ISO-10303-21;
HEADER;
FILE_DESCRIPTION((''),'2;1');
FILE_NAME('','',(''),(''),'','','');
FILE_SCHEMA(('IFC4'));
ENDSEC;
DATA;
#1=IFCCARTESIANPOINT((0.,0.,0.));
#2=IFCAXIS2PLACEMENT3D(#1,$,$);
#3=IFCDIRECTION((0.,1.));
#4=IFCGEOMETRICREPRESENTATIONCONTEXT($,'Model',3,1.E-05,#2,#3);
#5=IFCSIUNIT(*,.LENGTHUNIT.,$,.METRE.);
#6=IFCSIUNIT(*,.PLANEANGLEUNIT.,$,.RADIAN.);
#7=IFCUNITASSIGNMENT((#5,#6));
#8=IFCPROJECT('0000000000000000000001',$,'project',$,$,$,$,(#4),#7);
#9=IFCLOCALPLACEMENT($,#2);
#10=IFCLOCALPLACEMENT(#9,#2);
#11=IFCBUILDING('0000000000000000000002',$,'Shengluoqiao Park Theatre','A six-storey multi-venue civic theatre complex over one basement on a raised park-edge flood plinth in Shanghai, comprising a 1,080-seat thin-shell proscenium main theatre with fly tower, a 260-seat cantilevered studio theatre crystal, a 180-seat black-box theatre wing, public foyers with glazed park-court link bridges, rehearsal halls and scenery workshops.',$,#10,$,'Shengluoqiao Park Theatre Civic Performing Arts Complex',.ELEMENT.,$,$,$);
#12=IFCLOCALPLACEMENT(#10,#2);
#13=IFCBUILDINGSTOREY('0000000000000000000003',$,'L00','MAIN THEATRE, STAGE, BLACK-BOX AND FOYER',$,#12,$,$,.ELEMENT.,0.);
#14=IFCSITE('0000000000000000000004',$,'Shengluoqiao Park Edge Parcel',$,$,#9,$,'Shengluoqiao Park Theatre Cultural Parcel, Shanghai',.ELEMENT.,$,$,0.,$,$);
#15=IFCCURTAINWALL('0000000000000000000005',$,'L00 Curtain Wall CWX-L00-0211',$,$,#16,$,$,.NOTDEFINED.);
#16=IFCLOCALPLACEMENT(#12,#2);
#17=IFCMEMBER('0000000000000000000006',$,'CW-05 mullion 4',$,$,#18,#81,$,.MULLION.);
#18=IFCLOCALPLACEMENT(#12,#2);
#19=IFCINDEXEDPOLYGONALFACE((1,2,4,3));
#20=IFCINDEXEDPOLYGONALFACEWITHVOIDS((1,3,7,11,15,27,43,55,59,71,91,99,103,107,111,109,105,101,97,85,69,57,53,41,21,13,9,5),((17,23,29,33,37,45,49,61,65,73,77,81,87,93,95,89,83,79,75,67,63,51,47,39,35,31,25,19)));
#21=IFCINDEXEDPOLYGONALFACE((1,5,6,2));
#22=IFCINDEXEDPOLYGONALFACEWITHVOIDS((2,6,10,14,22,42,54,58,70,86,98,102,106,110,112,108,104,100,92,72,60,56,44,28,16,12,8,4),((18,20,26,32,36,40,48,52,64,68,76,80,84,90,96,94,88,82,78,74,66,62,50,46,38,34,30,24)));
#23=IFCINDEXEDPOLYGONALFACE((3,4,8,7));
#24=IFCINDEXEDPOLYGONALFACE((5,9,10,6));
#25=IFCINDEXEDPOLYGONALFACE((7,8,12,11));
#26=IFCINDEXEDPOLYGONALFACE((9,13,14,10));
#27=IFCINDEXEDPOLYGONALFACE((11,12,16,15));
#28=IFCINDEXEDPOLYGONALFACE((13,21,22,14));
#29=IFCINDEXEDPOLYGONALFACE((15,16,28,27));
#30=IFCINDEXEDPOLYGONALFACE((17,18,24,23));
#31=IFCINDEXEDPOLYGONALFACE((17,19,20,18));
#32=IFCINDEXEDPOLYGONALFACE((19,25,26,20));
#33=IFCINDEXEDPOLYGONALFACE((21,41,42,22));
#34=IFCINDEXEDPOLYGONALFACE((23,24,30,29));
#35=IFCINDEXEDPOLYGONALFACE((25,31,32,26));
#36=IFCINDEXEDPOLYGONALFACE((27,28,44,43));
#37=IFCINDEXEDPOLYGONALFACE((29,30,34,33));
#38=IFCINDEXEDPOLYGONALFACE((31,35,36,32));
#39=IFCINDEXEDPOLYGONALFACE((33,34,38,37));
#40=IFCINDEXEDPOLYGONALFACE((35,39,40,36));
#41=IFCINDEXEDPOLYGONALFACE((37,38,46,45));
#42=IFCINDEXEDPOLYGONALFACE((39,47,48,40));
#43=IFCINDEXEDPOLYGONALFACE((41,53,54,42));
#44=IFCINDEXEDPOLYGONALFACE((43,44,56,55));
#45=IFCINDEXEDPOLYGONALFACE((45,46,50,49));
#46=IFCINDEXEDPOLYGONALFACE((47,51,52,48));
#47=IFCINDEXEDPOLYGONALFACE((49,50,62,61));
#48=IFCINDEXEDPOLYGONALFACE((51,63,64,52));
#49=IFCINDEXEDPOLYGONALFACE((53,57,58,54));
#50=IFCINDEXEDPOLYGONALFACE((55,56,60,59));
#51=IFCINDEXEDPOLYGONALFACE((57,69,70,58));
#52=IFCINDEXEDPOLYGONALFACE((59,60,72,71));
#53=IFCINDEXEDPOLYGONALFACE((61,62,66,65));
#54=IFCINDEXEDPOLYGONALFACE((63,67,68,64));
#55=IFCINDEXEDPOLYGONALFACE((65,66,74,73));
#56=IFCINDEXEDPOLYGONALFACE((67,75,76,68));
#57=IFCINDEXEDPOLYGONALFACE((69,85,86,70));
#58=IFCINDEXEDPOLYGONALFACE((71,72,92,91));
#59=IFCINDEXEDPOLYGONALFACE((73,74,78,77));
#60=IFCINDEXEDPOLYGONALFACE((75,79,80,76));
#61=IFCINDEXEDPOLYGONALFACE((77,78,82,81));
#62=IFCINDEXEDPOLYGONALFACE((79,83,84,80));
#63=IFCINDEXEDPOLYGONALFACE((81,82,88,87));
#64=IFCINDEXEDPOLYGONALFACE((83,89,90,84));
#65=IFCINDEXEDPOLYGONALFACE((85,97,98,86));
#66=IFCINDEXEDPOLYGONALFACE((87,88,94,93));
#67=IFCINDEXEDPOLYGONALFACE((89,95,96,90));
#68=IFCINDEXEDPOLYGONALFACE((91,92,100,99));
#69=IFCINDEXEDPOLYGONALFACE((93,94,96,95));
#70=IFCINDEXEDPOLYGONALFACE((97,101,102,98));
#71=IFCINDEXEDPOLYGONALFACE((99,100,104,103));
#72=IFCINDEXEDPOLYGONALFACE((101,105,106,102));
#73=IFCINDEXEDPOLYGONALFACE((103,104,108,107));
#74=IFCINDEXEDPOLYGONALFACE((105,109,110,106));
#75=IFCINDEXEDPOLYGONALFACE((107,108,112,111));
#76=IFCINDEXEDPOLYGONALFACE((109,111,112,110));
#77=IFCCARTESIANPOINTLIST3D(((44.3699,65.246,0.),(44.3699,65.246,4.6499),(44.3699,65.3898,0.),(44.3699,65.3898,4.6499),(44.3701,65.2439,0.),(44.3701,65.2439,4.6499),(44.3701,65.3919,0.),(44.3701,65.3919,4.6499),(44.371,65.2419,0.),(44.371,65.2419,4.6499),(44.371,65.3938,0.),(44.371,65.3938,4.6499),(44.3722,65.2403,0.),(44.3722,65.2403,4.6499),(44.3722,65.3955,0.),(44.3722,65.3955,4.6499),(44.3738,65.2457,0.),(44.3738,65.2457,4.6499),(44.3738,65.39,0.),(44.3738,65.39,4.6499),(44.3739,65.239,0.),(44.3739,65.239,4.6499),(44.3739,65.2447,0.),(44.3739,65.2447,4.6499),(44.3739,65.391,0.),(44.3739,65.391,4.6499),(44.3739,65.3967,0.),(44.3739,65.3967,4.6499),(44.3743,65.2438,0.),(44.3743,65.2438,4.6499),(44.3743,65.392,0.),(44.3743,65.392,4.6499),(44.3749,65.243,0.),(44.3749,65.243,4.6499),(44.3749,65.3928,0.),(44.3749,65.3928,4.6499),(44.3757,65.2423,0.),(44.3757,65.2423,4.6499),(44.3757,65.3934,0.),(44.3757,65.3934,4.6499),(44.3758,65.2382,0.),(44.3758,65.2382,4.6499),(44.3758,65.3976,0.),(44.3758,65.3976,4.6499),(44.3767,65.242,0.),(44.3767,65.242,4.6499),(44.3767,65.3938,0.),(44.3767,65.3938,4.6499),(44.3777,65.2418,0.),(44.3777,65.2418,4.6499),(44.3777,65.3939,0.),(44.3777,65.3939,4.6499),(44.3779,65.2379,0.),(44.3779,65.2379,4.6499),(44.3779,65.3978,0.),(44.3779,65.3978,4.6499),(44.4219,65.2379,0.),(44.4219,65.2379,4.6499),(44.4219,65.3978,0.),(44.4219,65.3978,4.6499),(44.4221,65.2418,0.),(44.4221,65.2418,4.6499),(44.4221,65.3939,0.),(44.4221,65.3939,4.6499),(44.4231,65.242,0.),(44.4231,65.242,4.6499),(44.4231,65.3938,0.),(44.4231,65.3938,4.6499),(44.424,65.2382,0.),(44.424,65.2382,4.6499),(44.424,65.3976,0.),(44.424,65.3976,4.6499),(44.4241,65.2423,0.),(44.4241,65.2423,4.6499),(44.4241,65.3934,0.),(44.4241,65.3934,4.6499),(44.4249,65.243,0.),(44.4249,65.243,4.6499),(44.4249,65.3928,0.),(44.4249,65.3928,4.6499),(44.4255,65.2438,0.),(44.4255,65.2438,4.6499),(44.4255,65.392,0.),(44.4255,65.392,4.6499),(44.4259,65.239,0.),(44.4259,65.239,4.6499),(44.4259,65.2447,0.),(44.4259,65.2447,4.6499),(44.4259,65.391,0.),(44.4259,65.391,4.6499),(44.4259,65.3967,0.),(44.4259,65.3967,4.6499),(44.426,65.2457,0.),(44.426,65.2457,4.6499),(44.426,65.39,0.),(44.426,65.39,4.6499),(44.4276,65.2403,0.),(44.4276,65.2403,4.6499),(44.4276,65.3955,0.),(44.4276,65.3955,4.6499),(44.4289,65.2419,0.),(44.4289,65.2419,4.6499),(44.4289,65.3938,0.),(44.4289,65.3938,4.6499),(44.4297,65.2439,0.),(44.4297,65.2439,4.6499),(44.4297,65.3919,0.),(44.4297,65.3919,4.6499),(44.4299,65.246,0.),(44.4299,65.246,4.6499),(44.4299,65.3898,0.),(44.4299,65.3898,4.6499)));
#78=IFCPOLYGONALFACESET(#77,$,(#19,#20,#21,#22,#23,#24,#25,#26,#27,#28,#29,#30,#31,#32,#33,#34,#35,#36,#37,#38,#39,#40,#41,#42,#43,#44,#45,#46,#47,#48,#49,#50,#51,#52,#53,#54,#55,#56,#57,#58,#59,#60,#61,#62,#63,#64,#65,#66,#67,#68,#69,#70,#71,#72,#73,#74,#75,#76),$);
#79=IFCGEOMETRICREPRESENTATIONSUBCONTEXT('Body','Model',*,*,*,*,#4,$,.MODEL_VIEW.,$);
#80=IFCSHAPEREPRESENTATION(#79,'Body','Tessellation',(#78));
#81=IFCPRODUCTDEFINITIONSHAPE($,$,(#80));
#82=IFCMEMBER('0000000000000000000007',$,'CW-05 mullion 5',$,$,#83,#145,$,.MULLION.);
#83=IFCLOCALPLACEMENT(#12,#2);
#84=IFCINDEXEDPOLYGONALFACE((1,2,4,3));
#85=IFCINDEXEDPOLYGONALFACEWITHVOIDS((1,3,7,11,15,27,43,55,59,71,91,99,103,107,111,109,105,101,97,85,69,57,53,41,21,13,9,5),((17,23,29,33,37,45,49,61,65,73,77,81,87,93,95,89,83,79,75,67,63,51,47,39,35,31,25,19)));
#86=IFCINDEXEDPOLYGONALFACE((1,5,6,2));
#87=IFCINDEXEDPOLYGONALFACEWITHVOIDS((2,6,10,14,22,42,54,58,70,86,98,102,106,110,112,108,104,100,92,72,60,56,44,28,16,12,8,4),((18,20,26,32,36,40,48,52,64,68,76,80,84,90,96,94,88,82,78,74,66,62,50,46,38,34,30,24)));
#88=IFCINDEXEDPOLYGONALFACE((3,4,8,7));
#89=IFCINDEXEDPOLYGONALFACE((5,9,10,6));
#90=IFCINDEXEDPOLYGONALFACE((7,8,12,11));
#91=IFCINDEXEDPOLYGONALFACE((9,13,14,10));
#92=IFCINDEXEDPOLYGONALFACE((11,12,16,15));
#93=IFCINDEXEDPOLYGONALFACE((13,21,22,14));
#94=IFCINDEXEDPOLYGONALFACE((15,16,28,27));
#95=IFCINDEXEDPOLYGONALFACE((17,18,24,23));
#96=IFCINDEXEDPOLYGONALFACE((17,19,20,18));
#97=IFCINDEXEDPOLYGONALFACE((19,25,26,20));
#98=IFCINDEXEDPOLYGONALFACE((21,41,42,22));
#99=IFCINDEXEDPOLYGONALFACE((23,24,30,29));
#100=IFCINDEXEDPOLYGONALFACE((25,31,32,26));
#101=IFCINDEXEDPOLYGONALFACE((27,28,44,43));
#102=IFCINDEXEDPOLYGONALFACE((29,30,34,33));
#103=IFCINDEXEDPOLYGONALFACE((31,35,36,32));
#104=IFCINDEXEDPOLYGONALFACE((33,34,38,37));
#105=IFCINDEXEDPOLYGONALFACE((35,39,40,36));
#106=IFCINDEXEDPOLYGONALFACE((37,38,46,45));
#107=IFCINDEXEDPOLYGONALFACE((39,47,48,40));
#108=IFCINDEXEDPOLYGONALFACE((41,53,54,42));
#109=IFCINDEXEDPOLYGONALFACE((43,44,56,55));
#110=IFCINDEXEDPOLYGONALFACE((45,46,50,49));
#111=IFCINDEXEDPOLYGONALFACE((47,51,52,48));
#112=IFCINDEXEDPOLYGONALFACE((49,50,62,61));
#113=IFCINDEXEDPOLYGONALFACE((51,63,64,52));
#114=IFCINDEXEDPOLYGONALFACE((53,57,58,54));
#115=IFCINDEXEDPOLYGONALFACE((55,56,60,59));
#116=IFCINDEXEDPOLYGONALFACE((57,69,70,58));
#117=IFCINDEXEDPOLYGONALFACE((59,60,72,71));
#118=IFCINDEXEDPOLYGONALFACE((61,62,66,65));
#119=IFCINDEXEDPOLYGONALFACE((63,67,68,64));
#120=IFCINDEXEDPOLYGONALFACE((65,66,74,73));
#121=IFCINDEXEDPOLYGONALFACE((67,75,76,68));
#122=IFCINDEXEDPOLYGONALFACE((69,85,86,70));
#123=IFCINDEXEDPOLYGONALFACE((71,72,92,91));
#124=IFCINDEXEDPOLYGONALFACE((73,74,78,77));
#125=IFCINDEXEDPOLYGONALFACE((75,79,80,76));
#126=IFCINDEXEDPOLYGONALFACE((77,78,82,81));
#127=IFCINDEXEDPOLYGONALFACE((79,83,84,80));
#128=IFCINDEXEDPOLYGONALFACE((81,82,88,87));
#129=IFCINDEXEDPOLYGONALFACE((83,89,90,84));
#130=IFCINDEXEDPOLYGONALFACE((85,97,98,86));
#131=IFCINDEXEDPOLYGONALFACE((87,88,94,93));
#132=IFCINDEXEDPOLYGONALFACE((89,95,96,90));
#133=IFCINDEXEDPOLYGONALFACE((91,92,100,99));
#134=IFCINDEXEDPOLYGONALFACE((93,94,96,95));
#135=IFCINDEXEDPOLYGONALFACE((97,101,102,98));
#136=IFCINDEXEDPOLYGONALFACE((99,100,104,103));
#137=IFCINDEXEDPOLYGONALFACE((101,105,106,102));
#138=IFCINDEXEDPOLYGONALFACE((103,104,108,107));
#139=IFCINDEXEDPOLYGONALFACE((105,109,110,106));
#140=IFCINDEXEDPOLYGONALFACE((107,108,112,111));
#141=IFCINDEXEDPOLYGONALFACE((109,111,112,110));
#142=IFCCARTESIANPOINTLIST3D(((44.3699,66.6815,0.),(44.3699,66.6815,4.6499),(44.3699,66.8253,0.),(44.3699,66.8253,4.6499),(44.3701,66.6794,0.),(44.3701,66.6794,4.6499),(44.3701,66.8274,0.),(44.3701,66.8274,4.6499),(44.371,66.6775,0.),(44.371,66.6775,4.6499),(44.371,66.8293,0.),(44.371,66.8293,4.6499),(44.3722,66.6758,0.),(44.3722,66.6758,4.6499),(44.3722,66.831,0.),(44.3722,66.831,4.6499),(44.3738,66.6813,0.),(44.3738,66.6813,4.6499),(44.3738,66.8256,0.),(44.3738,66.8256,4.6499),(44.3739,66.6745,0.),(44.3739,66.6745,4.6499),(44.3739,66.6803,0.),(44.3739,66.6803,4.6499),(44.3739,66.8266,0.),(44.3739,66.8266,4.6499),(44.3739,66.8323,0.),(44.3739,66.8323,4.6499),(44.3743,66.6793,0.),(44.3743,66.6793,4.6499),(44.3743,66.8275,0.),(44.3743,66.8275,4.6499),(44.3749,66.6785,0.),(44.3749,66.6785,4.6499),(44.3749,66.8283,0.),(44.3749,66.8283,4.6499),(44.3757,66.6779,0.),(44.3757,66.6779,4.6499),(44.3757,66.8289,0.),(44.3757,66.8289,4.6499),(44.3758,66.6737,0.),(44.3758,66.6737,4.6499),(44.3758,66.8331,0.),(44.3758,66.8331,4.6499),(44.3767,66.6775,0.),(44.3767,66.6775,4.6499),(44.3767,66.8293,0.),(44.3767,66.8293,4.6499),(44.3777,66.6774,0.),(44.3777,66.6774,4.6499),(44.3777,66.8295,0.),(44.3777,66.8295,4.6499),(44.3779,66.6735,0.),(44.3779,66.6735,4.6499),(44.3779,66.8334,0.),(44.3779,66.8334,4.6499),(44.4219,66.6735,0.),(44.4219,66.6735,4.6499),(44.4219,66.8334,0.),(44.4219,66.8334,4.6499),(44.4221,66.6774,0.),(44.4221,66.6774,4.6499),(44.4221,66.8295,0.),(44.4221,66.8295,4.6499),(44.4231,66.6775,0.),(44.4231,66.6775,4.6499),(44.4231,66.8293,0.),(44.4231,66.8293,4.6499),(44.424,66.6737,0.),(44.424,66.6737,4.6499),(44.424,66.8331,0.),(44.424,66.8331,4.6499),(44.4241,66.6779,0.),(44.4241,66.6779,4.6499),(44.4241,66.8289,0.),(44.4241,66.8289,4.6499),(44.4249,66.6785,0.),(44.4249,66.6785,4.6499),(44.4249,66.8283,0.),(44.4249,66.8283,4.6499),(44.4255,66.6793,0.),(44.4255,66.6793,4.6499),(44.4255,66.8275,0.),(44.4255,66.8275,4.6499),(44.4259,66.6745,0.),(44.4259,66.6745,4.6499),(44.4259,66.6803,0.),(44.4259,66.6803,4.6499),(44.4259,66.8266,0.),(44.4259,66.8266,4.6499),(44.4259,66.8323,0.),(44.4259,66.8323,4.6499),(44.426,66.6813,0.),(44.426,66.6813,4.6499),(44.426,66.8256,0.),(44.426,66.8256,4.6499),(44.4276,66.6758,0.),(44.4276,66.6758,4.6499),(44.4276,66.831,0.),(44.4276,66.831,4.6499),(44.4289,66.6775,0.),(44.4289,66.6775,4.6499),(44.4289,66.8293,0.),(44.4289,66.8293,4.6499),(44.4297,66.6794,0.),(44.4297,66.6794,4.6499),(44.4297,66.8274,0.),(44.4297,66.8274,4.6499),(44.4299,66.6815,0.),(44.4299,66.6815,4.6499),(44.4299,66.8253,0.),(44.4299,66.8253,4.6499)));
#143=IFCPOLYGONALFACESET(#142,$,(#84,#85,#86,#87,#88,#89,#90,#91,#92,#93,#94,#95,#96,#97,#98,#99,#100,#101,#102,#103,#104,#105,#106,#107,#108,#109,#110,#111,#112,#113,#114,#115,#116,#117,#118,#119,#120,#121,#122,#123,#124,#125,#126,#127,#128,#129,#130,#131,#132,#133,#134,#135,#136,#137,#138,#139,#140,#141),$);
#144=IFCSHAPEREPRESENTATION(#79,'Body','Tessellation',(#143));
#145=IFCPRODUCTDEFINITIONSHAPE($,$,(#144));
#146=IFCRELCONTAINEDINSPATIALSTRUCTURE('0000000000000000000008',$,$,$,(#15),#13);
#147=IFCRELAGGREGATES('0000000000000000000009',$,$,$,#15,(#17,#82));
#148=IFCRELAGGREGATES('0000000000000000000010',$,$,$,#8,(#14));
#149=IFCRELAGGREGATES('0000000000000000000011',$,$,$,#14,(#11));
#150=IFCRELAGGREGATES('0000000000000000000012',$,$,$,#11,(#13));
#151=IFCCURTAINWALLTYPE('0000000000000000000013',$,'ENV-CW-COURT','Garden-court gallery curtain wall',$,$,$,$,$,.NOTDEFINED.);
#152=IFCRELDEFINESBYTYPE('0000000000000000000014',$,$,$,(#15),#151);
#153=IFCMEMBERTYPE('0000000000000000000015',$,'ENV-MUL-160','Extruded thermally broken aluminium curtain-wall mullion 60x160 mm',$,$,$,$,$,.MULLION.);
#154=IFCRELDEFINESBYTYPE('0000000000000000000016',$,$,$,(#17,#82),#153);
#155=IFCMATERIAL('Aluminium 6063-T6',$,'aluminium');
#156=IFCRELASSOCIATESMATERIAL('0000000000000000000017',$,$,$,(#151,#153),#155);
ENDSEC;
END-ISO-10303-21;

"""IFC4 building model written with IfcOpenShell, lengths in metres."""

from ifc_helpers import new_model, si_unit, direction, frame, origin, origin_2d, place, context, subcontext, project, spatial, hollow_rectangle, extrude, material, material_profile, profile_set, type_object, element, aggregate, save


model = new_model("IFC4")

# Units and contexts
model_context = context("Model", 3, precision=1e-05, world=origin(), true_north=direction((0.0, 1.0)))
body_context = subcontext(model_context, "Body", "Model", "MODEL_VIEW")
ifc_project = project(units=[si_unit("LENGTHUNIT", "METRE"), si_unit("PLANEANGLEUNIT", "RADIAN")], contexts=[model_context])

# Site, building, storey
site_placement = place(None, origin())
site = spatial("IfcSite", under=ifc_project, at=site_placement, Name="Shengluoqiao Park Edge Parcel", LongName="Shengluoqiao Park Theatre Cultural Parcel, Shanghai", CompositionType="ELEMENT", RefElevation=0.0)
building_placement = place(site_placement, origin())
building = spatial("IfcBuilding", under=site, at=building_placement, Name="Shengluoqiao Park Theatre", Description="A six-storey multi-venue civic theatre complex over one basement on a raised park-edge flood plinth in Shanghai, comprising a 1,080-seat thin-shell proscenium main theatre with fly tower, a 260-seat cantilevered studio theatre crystal, a 180-seat black-box theatre wing, public foyers with glazed park-court link bridges, rehearsal halls and scenery workshops.", LongName="Shengluoqiao Park Theatre Civic Performing Arts Complex", CompositionType="ELEMENT")
storey_placement = place(building_placement, origin())
storey = spatial("IfcBuildingStorey", under=building, at=storey_placement, Name="L00", Description="MAIN THEATRE, STAGE, BLACK-BOX AND FOYER", CompositionType="ELEMENT", Elevation=0.0)

# Curtain wall, members
ifc_material_1 = material(Name="Aluminium 6063-T6", Category="aluminium")
curtain_wall_type = type_object("IfcCurtainWallType", Name="ENV-CW-COURT", Description="Garden-court gallery curtain wall", PredefinedType="NOTDEFINED", material=ifc_material_1)
curtain_wall_placement = place(storey_placement, origin())
curtain_wall = element("IfcCurtainWall", 1, at=curtain_wall_placement, inside=storey, type_object=curtain_wall_type, Name="L00 Curtain Wall CWX-L00-0211", PredefinedType="NOTDEFINED")
ifc_material_profile_1 = material_profile(ifc_material_1, hollow_rectangle(XDim=0.0601, YDim=0.1599, WallThickness=0.0039, InnerFilletRadius=0.0039, OuterFilletRadius=0.0081, at=origin_2d()), Name="ALU MULLION 160x60x4")
ifc_profile_set_1 = profile_set([ifc_material_profile_1], Name="Aluminium 6063-T6")
member_type_1 = type_object("IfcMemberType", Name="ENV-MUL-160", Description="Extruded thermally broken aluminium curtain-wall mullion 60x160 mm", PredefinedType="MULLION", material=ifc_profile_set_1)
member_1_placement = place(storey_placement, frame((44.3999, 65.3179, 0.0), z_axis=(0.0, 0.0, 1.0), x_axis=(-1.0, 0.0, 0.0)))
member_1 = element("IfcMember", 2, at=member_1_placement, type_object=member_type_1, Name="CW-05 mullion 4", PredefinedType="MULLION", context=body_context, shape_type="SweptSolid", body=[
    extrude(hollow_rectangle(XDim=0.0601, YDim=0.1599, WallThickness=0.0039, InnerFilletRadius=0.0039, OuterFilletRadius=0.0081, at=origin_2d()), origin(), (0.0, 0.0, 1.0), 4.6499),
])
member_2_placement = place(storey_placement, frame((44.3999, 66.7534, 0.0), z_axis=(0.0, 0.0, 1.0), x_axis=(-1.0, 0.0, 0.0)))
member_2 = element("IfcMember", 3, at=member_2_placement, type_object=member_type_1, Name="CW-05 mullion 5", PredefinedType="MULLION", context=body_context, shape_type="SweptSolid", body=[
    extrude(hollow_rectangle(XDim=0.0601, YDim=0.1599, WallThickness=0.0039, InnerFilletRadius=0.0039, OuterFilletRadius=0.0081, at=origin_2d()), origin(), (0.0, 0.0, 1.0), 4.6499),
])
aggregate(curtain_wall, [member_1, member_2])

save(model, "model.ifc")
